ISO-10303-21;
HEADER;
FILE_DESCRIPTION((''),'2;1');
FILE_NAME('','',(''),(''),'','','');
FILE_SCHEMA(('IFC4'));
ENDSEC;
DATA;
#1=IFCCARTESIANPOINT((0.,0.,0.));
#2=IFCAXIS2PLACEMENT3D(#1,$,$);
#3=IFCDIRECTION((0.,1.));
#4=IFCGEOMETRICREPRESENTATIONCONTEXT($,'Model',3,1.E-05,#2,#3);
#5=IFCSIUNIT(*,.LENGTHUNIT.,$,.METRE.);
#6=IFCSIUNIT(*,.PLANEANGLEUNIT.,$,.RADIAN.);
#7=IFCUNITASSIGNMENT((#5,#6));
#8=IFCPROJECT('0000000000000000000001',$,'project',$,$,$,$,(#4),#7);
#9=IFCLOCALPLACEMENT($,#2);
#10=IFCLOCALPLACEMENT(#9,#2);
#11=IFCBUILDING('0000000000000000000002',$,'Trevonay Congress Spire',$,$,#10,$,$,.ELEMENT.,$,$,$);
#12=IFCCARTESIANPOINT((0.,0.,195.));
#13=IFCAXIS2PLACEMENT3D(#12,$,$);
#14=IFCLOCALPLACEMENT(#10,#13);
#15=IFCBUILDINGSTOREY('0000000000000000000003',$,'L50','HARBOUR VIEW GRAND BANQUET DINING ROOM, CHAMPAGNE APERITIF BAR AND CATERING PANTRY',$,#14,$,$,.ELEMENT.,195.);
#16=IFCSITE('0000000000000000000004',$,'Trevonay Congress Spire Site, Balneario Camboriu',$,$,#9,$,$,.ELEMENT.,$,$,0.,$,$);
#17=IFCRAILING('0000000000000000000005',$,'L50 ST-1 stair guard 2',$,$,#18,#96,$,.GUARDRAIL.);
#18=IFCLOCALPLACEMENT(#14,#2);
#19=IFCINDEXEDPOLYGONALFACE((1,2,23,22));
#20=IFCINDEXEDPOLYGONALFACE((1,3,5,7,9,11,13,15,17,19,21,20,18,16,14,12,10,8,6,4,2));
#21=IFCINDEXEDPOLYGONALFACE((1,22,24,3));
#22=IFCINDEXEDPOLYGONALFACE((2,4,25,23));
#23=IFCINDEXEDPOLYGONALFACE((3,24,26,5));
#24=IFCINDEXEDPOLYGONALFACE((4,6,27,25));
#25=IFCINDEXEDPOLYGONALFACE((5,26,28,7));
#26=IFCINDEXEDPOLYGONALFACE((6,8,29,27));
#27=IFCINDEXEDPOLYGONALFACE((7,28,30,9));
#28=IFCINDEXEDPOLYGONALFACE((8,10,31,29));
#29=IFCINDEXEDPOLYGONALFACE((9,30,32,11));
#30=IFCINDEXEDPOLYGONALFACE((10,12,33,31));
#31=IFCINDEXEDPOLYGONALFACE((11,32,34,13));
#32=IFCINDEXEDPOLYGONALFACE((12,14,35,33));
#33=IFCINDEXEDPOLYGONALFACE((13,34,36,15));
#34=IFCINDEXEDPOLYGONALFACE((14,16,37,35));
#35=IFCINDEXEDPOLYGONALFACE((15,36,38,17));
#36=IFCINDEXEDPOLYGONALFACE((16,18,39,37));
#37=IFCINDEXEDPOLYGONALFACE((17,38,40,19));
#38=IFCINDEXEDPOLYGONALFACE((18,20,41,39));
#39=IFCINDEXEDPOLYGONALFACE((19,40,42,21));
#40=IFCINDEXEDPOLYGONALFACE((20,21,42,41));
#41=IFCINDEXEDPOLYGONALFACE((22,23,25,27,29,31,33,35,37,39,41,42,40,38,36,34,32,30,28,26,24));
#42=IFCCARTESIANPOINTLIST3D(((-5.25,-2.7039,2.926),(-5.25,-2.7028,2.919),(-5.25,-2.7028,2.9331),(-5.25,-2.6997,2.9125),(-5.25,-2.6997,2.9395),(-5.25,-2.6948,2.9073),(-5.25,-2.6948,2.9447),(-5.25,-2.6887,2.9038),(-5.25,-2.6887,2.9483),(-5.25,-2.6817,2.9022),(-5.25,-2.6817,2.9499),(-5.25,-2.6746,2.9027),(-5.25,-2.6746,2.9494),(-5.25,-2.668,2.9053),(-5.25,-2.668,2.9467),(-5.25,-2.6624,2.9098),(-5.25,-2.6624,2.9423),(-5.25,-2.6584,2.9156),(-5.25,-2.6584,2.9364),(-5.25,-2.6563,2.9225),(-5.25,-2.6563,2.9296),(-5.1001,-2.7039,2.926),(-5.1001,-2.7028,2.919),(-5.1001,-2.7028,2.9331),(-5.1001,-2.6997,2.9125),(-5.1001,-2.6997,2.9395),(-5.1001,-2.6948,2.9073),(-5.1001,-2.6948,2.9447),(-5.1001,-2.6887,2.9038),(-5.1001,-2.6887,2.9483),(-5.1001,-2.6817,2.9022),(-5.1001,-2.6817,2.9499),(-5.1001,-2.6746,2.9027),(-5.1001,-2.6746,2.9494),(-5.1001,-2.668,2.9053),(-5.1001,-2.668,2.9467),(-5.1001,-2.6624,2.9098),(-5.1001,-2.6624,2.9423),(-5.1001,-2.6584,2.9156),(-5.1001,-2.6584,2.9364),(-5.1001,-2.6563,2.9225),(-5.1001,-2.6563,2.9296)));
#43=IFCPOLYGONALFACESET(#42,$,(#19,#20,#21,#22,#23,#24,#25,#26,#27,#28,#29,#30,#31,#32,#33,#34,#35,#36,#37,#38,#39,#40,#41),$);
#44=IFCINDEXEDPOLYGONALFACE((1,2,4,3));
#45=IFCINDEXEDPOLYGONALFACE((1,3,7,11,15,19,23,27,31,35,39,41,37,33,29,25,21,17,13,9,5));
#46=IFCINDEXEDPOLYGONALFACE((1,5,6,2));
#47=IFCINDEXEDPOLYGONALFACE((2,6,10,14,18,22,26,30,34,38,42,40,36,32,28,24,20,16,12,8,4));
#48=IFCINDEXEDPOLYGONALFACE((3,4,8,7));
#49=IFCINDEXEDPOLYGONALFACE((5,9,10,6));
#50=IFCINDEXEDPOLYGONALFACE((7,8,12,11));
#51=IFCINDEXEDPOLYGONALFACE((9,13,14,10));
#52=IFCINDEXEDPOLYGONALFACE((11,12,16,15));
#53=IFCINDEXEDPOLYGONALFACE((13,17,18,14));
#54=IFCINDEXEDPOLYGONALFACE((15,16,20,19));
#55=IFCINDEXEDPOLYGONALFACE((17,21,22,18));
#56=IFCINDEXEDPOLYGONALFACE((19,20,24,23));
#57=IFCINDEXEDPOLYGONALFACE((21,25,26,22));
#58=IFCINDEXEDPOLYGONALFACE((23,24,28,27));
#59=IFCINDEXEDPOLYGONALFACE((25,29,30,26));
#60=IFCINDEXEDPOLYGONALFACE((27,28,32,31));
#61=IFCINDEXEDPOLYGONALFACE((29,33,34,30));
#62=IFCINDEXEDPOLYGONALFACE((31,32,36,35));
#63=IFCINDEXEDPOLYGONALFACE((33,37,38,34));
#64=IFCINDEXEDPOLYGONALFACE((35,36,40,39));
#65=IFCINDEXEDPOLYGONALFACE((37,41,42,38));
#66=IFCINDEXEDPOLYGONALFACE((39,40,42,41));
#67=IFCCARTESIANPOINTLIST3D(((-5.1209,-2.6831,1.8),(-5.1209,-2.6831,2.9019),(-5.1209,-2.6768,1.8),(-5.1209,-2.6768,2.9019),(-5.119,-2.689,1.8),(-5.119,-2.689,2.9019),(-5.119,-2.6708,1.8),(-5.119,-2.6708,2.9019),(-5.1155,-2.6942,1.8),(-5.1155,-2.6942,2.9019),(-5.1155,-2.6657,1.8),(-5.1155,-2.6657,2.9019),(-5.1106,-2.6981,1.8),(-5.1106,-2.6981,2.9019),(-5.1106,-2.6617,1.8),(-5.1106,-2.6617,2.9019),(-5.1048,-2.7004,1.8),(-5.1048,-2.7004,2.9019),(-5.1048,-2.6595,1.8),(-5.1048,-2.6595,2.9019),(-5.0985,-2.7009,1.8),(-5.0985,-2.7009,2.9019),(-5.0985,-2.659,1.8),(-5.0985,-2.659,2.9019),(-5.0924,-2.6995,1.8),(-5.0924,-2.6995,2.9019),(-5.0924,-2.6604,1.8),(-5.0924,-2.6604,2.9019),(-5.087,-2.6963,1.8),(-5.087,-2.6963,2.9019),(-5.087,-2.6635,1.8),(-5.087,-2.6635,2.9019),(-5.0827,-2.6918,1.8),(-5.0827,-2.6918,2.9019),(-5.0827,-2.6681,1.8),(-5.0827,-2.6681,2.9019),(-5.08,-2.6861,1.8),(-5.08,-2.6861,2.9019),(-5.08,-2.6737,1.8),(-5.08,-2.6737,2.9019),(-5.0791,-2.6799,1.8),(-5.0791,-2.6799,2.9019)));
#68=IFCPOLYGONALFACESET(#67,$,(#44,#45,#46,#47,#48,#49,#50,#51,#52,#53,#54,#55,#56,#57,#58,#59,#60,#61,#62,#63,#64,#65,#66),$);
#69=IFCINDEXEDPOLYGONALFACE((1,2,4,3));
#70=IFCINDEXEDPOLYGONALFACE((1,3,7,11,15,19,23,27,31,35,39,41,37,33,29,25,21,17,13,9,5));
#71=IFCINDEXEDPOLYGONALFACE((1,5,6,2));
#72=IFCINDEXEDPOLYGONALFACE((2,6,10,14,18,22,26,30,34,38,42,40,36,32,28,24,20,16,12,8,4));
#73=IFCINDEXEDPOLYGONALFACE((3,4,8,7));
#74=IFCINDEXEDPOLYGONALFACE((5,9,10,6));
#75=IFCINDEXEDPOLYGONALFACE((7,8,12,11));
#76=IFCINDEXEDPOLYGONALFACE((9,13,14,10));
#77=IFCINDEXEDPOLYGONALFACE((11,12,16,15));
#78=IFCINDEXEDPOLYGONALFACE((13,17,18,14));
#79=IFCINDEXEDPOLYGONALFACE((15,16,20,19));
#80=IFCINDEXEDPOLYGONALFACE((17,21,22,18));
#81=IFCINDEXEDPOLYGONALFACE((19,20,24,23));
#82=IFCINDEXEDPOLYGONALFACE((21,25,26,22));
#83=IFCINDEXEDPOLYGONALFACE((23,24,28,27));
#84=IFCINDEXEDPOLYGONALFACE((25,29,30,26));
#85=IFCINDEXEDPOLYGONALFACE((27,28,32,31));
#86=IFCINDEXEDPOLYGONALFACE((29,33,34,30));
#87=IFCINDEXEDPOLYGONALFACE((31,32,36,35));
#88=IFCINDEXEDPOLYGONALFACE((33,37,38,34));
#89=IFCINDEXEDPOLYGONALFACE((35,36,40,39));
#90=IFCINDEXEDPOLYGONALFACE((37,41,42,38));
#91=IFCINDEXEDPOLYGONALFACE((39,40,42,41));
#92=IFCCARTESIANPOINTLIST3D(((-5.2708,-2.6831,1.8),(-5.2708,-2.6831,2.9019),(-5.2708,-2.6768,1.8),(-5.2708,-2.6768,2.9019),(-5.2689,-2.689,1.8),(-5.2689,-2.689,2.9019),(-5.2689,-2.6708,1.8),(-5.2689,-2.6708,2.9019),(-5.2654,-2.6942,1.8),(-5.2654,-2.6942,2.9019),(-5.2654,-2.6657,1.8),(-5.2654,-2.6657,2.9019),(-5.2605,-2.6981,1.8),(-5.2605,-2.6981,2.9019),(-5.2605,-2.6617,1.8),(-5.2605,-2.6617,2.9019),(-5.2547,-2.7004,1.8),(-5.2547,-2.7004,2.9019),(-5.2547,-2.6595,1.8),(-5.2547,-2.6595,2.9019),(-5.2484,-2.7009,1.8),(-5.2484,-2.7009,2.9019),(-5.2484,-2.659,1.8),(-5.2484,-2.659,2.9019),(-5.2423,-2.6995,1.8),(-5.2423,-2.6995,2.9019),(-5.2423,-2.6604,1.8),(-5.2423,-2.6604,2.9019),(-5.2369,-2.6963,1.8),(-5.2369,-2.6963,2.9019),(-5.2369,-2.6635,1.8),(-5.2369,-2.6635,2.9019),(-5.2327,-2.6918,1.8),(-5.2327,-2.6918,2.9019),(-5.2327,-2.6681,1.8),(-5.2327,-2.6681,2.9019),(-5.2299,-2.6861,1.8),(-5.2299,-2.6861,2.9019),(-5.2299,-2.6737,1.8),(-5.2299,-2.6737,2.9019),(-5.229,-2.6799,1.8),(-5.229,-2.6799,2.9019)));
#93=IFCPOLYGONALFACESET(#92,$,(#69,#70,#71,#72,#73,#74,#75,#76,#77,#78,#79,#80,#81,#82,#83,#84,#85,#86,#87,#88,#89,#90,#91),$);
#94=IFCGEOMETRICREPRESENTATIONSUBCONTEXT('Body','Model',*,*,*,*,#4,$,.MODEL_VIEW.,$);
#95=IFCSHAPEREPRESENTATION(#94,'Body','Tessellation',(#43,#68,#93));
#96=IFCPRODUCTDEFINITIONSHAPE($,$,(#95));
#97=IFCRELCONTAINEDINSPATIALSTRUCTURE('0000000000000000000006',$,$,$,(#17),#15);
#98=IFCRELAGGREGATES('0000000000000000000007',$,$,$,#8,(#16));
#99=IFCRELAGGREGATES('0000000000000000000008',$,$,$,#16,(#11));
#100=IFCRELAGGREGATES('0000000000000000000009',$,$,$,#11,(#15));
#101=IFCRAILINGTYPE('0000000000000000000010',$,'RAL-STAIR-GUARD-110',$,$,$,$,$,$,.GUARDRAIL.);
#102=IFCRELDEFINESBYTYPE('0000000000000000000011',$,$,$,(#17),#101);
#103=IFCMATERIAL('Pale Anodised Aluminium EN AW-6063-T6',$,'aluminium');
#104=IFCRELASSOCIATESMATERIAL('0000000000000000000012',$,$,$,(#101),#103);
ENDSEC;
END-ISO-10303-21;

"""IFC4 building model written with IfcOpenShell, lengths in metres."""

from ifc_helpers import new_model, si_unit, direction, frame, origin, origin_2d, place, context, subcontext, project, spatial, circle, extrude, material, type_object, element, save


model = new_model("IFC4")

# Units and contexts
model_context = context("Model", 3, precision=1e-05, world=origin(), true_north=direction((0.0, 1.0)))
body_context = subcontext(model_context, "Body", "Model", "MODEL_VIEW")
ifc_project = project(units=[si_unit("LENGTHUNIT", "METRE"), si_unit("PLANEANGLEUNIT", "RADIAN")], contexts=[model_context])

# Site, building, storey
site_placement = place(None, origin())
site = spatial("IfcSite", under=ifc_project, at=site_placement, Name="Trevonay Congress Spire Site, Balneario Camboriu", CompositionType="ELEMENT", RefElevation=0.0)
building_placement = place(site_placement, origin())
building = spatial("IfcBuilding", under=site, at=building_placement, Name="Trevonay Congress Spire", CompositionType="ELEMENT")
storey_placement = place(building_placement, frame((0.0, 0.0, 195.0)))
storey = spatial("IfcBuildingStorey", under=building, at=storey_placement, Name="L50", Description="HARBOUR VIEW GRAND BANQUET DINING ROOM, CHAMPAGNE APERITIF BAR AND CATERING PANTRY", CompositionType="ELEMENT", Elevation=195.0)

# Shared definitions
ifc_material_1 = material(Name="Pale Anodised Aluminium EN AW-6063-T6", Category="aluminium")

# Railing
railing_type_1 = type_object("IfcRailingType", Name="RAL-STAIR-GUARD-110", PredefinedType="GUARDRAIL", material=ifc_material_1)
railing_1_placement = place(storey_placement, frame((-5.1001, -2.6799, 1.8)))
element("IfcRailing", 1, at=railing_1_placement, inside=storey, type_object=railing_type_1, Name="L50 ST-1 stair guard 2", PredefinedType="GUARDRAIL", context=body_context, shape_type="SweptSolid", body=[
    extrude(circle(Radius=0.0239, at=origin_2d()), frame((0.0, 0.0, 1.126), z_axis=(-1.0, 0.0, 0.0), x_axis=(0.0, -1.0, 0.0)), (0.0, 0.0, 1.0), 0.1499),
    extrude(circle(Radius=0.021, at=origin_2d()), origin(), (0.0, 0.0, 1.0), 1.1018),
    extrude(circle(Radius=0.021, at=origin_2d()), frame((-0.1499, 0.0, 0.0)), (0.0, 0.0, 1.0), 1.1018),
])

save(model, "model.ifc")
